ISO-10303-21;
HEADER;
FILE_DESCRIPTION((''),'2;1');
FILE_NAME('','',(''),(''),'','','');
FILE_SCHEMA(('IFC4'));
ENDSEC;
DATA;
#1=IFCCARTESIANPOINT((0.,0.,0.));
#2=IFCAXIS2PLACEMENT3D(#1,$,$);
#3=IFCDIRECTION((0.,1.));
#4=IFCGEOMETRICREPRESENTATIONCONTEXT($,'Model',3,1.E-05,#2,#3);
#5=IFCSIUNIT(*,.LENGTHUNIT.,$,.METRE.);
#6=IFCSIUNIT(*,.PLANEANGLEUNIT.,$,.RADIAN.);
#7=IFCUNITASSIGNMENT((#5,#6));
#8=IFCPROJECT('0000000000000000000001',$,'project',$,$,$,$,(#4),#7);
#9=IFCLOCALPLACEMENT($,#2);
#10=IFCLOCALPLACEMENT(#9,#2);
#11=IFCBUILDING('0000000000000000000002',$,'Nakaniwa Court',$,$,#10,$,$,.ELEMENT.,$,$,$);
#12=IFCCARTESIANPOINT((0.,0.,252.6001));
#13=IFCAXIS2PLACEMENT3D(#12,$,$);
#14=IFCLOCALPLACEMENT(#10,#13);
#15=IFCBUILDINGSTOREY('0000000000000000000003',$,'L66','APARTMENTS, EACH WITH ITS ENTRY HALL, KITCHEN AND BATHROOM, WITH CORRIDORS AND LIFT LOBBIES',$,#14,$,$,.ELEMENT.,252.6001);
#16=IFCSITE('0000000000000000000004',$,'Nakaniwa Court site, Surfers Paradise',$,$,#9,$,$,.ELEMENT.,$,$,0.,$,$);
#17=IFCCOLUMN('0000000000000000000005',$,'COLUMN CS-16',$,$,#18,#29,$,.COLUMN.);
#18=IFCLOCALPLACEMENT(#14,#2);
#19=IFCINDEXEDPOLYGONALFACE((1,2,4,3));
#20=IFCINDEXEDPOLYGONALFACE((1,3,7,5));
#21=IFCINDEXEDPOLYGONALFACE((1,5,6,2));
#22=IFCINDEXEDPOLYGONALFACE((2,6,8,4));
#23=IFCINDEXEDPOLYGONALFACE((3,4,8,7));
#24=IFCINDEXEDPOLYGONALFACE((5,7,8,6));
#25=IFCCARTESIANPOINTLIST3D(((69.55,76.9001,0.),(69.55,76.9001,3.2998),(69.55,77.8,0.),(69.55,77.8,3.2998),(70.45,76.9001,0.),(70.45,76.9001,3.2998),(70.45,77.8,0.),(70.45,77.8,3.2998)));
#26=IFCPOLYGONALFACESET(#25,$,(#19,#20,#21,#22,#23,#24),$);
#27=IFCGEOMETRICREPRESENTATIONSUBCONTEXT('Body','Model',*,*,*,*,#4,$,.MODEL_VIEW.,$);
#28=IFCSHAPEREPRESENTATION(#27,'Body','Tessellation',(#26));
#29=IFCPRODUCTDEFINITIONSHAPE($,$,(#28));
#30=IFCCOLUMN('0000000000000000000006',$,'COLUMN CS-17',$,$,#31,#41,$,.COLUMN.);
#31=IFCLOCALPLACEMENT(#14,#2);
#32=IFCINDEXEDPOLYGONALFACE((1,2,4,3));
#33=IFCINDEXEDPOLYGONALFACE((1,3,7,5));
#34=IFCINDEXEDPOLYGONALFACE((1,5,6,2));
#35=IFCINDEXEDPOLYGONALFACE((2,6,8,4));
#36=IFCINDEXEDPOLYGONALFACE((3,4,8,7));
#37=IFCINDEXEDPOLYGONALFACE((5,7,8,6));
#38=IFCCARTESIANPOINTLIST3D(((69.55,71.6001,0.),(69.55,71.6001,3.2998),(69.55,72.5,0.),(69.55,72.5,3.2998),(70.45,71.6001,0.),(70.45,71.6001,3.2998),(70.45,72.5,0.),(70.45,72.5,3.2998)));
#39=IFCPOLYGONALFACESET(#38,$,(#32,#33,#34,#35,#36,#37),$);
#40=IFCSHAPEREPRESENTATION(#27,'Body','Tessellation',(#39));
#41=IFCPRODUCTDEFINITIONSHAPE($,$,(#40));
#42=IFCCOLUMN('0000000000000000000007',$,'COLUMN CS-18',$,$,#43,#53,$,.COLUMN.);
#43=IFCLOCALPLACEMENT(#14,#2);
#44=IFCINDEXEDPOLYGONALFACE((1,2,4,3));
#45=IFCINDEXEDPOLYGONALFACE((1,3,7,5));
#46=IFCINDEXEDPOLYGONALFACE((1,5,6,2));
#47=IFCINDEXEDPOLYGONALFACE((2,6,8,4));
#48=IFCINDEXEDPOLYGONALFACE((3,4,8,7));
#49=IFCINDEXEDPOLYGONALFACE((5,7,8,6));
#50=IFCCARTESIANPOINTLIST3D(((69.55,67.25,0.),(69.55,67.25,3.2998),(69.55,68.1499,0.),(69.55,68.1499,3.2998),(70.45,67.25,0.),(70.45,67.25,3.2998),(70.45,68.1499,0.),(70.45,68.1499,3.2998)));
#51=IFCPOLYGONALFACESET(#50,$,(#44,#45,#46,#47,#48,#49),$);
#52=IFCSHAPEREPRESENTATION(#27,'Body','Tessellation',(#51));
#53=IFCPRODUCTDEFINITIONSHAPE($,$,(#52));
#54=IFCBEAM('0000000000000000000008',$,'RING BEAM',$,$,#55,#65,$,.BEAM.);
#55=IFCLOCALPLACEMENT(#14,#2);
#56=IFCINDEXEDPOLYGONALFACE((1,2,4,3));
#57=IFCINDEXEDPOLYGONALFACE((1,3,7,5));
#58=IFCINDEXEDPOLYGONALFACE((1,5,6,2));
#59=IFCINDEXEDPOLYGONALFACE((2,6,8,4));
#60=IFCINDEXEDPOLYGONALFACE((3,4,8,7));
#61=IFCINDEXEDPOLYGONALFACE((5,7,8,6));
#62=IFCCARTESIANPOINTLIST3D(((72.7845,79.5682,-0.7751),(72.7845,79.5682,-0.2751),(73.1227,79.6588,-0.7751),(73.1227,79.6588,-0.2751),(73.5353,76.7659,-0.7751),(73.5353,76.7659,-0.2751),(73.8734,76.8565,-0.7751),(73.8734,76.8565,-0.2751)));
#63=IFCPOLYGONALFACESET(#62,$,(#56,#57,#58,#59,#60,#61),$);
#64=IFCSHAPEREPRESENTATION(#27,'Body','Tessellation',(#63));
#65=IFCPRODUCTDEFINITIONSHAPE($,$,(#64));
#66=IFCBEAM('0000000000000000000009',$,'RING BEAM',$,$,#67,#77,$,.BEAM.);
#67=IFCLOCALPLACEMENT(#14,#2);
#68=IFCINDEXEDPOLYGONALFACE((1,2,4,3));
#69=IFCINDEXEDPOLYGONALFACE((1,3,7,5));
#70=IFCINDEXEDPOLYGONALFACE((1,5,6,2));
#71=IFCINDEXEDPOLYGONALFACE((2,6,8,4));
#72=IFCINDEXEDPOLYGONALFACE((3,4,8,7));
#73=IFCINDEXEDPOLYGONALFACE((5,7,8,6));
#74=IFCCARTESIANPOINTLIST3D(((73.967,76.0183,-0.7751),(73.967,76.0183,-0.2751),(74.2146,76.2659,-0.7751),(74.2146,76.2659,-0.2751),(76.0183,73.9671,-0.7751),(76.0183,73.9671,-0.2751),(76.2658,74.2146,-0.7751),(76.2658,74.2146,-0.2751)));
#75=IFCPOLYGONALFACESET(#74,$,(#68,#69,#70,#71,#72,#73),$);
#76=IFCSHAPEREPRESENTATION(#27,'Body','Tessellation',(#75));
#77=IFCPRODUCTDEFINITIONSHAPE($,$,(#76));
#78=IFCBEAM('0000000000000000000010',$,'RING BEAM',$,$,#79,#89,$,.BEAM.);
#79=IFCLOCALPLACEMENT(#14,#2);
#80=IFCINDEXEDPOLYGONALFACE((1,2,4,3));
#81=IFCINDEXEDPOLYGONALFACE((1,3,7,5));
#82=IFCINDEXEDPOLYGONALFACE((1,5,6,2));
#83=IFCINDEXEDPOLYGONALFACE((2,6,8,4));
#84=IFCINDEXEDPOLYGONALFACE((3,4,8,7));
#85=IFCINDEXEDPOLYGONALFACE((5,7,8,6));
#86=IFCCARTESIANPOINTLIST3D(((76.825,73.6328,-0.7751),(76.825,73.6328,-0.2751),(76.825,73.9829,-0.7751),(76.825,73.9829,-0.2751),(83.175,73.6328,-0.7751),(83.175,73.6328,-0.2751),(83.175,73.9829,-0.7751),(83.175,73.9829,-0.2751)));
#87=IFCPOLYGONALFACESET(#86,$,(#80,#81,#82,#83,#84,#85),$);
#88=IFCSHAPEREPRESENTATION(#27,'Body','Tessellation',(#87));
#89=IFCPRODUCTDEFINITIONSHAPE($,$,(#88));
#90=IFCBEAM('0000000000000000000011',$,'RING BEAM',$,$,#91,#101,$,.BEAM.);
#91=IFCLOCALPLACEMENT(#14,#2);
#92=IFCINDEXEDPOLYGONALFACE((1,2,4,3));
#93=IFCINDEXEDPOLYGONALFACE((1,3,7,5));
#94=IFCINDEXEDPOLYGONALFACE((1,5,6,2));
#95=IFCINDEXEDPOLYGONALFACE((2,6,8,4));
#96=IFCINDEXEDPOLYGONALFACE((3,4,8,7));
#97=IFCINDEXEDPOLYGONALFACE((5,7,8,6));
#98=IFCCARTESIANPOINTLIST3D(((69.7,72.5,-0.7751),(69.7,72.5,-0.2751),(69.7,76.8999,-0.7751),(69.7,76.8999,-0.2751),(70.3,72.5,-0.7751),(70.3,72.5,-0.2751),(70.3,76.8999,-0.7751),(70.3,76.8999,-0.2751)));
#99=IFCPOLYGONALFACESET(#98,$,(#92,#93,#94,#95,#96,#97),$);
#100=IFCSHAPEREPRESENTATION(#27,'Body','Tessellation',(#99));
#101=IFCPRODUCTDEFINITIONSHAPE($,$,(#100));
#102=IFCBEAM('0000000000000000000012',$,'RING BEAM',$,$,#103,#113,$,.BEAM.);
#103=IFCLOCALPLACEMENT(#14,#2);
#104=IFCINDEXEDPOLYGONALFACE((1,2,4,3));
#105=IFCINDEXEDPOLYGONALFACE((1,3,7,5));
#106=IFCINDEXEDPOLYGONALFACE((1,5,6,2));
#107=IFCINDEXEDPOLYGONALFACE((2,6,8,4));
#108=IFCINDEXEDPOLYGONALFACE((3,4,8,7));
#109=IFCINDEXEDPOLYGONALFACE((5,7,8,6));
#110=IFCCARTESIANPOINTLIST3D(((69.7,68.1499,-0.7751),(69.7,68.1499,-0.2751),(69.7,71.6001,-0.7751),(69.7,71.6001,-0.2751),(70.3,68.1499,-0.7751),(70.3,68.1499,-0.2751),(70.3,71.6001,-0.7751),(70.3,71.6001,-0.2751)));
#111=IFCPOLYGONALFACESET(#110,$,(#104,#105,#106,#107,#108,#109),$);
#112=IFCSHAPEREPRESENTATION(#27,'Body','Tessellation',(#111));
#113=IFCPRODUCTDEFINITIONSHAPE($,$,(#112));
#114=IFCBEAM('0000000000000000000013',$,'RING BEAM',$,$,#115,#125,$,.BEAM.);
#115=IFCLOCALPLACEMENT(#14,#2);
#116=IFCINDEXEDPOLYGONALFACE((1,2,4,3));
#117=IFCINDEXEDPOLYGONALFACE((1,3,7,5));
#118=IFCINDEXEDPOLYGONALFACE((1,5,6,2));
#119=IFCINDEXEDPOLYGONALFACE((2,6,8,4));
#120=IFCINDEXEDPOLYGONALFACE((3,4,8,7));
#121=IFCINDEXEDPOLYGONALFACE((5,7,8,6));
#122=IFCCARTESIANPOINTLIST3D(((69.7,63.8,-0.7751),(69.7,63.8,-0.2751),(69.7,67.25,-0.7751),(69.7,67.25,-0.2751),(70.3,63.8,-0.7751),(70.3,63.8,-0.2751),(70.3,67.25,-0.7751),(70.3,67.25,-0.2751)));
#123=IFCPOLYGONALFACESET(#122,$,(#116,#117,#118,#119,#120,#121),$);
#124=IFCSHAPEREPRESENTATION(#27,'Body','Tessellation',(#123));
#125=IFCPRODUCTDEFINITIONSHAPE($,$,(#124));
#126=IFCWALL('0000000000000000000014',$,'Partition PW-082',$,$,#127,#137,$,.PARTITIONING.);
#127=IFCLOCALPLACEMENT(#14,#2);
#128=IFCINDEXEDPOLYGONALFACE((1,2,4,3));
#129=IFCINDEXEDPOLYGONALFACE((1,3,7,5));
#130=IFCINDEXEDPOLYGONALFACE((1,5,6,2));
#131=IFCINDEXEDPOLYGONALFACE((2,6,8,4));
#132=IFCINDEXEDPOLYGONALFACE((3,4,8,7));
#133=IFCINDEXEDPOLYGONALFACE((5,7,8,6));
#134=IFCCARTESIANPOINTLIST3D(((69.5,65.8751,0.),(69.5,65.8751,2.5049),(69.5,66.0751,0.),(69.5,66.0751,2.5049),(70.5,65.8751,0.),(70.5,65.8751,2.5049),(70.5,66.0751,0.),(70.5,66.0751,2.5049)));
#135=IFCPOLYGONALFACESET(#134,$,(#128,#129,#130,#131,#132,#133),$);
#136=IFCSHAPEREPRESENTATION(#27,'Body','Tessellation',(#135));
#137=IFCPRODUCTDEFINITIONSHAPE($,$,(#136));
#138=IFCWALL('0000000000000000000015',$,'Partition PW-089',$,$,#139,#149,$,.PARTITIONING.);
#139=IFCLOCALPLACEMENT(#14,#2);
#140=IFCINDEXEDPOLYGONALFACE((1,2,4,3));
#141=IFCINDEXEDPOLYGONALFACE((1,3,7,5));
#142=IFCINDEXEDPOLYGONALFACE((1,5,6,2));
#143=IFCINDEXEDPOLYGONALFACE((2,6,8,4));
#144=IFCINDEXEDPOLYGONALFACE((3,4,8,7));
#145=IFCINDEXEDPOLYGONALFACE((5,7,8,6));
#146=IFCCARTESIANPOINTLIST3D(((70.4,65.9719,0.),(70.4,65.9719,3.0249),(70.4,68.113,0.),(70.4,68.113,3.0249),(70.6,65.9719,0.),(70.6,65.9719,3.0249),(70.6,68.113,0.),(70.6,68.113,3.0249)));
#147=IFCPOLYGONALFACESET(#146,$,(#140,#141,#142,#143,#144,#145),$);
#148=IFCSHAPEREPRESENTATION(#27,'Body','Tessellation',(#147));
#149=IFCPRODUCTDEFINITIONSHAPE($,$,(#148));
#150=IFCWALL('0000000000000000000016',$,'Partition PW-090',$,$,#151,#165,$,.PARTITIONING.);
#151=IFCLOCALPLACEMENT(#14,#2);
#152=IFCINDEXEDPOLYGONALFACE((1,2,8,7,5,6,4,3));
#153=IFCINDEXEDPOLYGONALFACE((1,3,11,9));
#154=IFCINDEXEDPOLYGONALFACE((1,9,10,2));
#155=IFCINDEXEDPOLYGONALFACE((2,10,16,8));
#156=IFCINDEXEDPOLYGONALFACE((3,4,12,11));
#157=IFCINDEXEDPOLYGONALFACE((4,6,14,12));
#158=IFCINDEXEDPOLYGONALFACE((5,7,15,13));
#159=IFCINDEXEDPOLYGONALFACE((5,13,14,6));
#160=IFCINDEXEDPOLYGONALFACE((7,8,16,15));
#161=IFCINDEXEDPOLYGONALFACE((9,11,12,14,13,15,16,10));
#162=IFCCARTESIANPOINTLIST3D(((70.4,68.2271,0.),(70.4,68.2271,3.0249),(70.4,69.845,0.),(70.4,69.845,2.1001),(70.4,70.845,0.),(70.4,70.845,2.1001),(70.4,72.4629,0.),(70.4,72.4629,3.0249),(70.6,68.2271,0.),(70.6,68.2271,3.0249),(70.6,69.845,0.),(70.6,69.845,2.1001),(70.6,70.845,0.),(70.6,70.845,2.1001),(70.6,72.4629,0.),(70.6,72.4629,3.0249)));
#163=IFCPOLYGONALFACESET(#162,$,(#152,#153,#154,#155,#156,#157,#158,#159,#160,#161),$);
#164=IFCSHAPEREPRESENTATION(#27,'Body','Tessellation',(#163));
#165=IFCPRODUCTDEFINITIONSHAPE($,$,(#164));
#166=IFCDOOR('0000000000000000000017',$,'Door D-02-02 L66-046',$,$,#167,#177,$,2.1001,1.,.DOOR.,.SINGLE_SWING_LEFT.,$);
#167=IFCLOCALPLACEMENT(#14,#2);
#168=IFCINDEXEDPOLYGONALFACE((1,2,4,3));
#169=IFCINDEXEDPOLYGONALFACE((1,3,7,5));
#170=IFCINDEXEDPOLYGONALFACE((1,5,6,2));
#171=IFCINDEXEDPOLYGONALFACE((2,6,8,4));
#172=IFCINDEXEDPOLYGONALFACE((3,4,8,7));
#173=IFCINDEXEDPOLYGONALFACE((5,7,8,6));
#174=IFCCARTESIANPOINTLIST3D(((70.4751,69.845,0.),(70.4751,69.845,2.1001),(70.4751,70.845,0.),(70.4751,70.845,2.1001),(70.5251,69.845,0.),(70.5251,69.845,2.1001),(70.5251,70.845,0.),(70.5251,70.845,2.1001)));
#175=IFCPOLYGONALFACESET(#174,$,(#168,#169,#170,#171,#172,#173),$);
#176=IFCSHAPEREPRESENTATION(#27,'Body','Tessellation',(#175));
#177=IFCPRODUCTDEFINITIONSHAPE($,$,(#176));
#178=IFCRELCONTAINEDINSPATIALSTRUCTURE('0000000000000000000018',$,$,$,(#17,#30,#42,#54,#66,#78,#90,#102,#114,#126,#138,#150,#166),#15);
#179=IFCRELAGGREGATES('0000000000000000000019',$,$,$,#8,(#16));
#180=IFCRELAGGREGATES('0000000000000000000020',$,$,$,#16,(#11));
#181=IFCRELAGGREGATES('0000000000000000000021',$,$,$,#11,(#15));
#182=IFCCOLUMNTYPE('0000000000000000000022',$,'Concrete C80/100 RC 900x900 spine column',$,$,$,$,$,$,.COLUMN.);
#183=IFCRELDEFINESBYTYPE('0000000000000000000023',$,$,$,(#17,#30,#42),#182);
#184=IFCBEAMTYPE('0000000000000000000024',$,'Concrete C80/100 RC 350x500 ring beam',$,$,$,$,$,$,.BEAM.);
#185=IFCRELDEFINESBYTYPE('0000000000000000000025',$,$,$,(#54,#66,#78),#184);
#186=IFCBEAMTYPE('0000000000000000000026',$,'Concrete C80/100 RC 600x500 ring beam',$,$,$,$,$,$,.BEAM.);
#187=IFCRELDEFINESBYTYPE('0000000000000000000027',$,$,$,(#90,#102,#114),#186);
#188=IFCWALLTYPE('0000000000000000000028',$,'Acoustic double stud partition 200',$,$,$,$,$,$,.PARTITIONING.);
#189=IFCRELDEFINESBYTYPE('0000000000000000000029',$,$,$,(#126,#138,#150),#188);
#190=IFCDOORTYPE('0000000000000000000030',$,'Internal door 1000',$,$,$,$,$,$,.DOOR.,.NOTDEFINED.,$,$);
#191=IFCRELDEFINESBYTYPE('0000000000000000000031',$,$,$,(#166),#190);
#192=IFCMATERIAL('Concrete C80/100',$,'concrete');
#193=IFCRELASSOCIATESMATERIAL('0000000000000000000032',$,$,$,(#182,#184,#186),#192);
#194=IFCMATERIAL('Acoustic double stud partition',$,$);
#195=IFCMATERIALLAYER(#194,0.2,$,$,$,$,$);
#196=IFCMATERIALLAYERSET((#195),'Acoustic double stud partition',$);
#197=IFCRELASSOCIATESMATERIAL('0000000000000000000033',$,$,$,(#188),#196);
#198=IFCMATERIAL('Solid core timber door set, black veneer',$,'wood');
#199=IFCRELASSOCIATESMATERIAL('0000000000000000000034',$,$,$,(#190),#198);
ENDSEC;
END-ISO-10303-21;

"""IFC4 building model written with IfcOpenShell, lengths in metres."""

from ifc_helpers import new_model, si_unit, direction, frame, frame_2d, origin, origin_2d, place, context, subcontext, project, spatial, rectangle, extrude, material, layer, layer_set, material_profile, profile_set, type_object, element, fill, save


model = new_model("IFC4")

# Units and contexts
model_context = context("Model", 3, precision=1e-05, world=origin(), true_north=direction((0.0, 1.0)))
body_context = subcontext(model_context, "Body", "Model", "MODEL_VIEW")
ifc_project = project(units=[si_unit("LENGTHUNIT", "METRE"), si_unit("PLANEANGLEUNIT", "RADIAN")], contexts=[model_context])

# Site, building, storey
site_placement = place(None, origin())
site = spatial("IfcSite", under=ifc_project, at=site_placement, Name="Nakaniwa Court site, Surfers Paradise", CompositionType="ELEMENT", RefElevation=0.0)
building_placement = place(site_placement, origin())
building = spatial("IfcBuilding", under=site, at=building_placement, Name="Nakaniwa Court", CompositionType="ELEMENT")
storey_placement = place(building_placement, frame((0.0, 0.0, 252.6001)))
storey = spatial("IfcBuildingStorey", under=building, at=storey_placement, Name="L66", Description="APARTMENTS, EACH WITH ITS ENTRY HALL, KITCHEN AND BATHROOM, WITH CORRIDORS AND LIFT LOBBIES", CompositionType="ELEMENT", Elevation=252.6001)

# Columns
ifc_material_1 = material(Name="Concrete C80/100", Category="concrete")
ifc_material_profile_1 = material_profile(ifc_material_1, rectangle(XDim=0.8999, YDim=0.8999, at=origin_2d()), Name="Concrete C80/100 RC 900x900 spine column")
ifc_profile_set_1 = profile_set([ifc_material_profile_1], Name="Concrete C80/100")
column_type_1 = type_object("IfcColumnType", Name="Concrete C80/100 RC 900x900 spine column", PredefinedType="COLUMN", material=ifc_profile_set_1)
for number, where, z_axis, x_axis, name in (
    (1, (70.0, 77.3501, 0.0), (0.0, 0.0, 1.0), (0.0, -1.0, 0.0), "COLUMN CS-16"),
    (2, (70.0, 72.05, 0.0), (0.0, 0.0, 1.0), (0.0, -1.0, 0.0), "COLUMN CS-17"),
    (3, (70.0, 67.7, 0.0), (0.0, 0.0, 1.0), (0.0, -1.0, 0.0), "COLUMN CS-18"),
):
    element("IfcColumn", number, at=place(storey_placement, frame(where, z_axis=z_axis, x_axis=x_axis)), inside=storey, type_object=column_type_1, Name=name, PredefinedType="COLUMN", context=body_context, shape_type="SweptSolid", body=[
        extrude(rectangle(XDim=0.8999, YDim=0.8999, at=origin_2d()), origin(), (0.0, 0.0, 1.0), 3.2998),
    ])

# Beams
ifc_material_profile_2 = material_profile(ifc_material_1, rectangle(XDim=0.3501, YDim=0.5, at=origin_2d()), Name="Concrete C80/100 RC 350x500 ring beam")
ifc_profile_set_2 = profile_set([ifc_material_profile_2], Name="Concrete C80/100")
beam_type_1 = type_object("IfcBeamType", Name="Concrete C80/100 RC 350x500 ring beam", PredefinedType="BEAM", material=ifc_profile_set_2)
beam_1_placement = place(storey_placement, frame((72.9536, 79.6135, -0.5251), z_axis=(0.258778, -0.965937, 0.0), x_axis=(0.965937, 0.258778, 0.0)))
element("IfcBeam", 4, at=beam_1_placement, inside=storey, type_object=beam_type_1, Name="RING BEAM", PredefinedType="BEAM", context=body_context, shape_type="SweptSolid", body=[
    extrude(rectangle(XDim=0.3501, YDim=0.5, at=origin_2d()), origin(), (0.0, 0.0, 1.0), 2.9011),
])
beam_2_placement = place(storey_placement, frame((74.0908, 76.1421, -0.5251), z_axis=(0.707107, -0.707107, 0.0), x_axis=(0.707107, 0.707107, 0.0)))
element("IfcBeam", 5, at=beam_2_placement, inside=storey, type_object=beam_type_1, Name="RING BEAM", PredefinedType="BEAM", context=body_context, shape_type="SweptSolid", body=[
    extrude(rectangle(XDim=0.3501, YDim=0.5, at=origin_2d()), origin(), (0.0, 0.0, 1.0), 2.9009),
])
beam_3_placement = place(storey_placement, frame((76.825, 73.8079, -0.5251), z_axis=(1.0, 0.0, 0.0), x_axis=(0.0, 1.0, 0.0)))
element("IfcBeam", 6, at=beam_3_placement, inside=storey, type_object=beam_type_1, Name="RING BEAM", PredefinedType="BEAM", context=body_context, shape_type="SweptSolid", body=[
    extrude(rectangle(XDim=0.3501, YDim=0.5, at=origin_2d()), origin(), (0.0, 0.0, 1.0), 6.3501),
])
ifc_material_profile_3 = material_profile(ifc_material_1, rectangle(XDim=0.6001, YDim=0.5, at=origin_2d()), Name="Concrete C80/100 RC 600x500 ring beam")
ifc_profile_set_3 = profile_set([ifc_material_profile_3], Name="Concrete C80/100")
beam_type_2 = type_object("IfcBeamType", Name="Concrete C80/100 RC 600x500 ring beam", PredefinedType="BEAM", material=ifc_profile_set_3)
beam_4_placement = place(storey_placement, frame((70.0, 76.8999, -0.5251), z_axis=(0.0, -1.0, 0.0), x_axis=(1.0, 0.0, 0.0)))
element("IfcBeam", 7, at=beam_4_placement, inside=storey, type_object=beam_type_2, Name="RING BEAM", PredefinedType="BEAM", context=body_context, shape_type="SweptSolid", body=[
    extrude(rectangle(XDim=0.6001, YDim=0.5, at=origin_2d()), origin(), (0.0, 0.0, 1.0), 4.3999),
])
beam_5_placement = place(storey_placement, frame((70.0, 71.6001, -0.5251), z_axis=(0.0, -1.0, 0.0), x_axis=(1.0, 0.0, 0.0)))
element("IfcBeam", 8, at=beam_5_placement, inside=storey, type_object=beam_type_2, Name="RING BEAM", PredefinedType="BEAM", context=body_context, shape_type="SweptSolid", body=[
    extrude(rectangle(XDim=0.6001, YDim=0.5, at=origin_2d()), origin(), (0.0, 0.0, 1.0), 3.4502),
])
beam_6_placement = place(storey_placement, frame((70.0, 67.25, -0.5251), z_axis=(0.0, -1.0, 0.0), x_axis=(1.0, 0.0, 0.0)))
element("IfcBeam", 9, at=beam_6_placement, inside=storey, type_object=beam_type_2, Name="RING BEAM", PredefinedType="BEAM", context=body_context, shape_type="SweptSolid", body=[
    extrude(rectangle(XDim=0.6001, YDim=0.5, at=origin_2d()), origin(), (0.0, 0.0, 1.0), 3.45),
])

# Walls
ifc_material_2 = material(Name="Acoustic double stud partition")
ifc_layer_1 = layer(ifc_material_2, 0.2)
ifc_layer_set_1 = layer_set([ifc_layer_1], Name="Acoustic double stud partition")
wall_type_1 = type_object("IfcWallType", Name="Acoustic double stud partition 200", PredefinedType="PARTITIONING", material=ifc_layer_set_1)
wall_1_placement = place(storey_placement, frame((69.5, 65.9751, 0.0), z_axis=(0.0, 0.0, 1.0), x_axis=(1.0, 0.0, 0.0)))
element("IfcWall", 10, at=wall_1_placement, inside=storey, type_object=wall_type_1, Name="Partition PW-082", PredefinedType="PARTITIONING", context=body_context, shape_type="SweptSolid", body=[
    extrude(rectangle(XDim=1.0, YDim=0.2, at=frame_2d((0.5, 0.0))), origin(), (0.0, 0.0, 1.0), 2.5049),
])
wall_2_placement = place(storey_placement, frame((70.5, 65.9719, 0.0), z_axis=(0.0, 0.0, 1.0), x_axis=(0.0, 1.0, 0.0)))
element("IfcWall", 11, at=wall_2_placement, inside=storey, type_object=wall_type_1, Name="Partition PW-089", PredefinedType="PARTITIONING", context=body_context, shape_type="SweptSolid", body=[
    extrude(rectangle(XDim=2.1411, YDim=0.2, at=frame_2d((1.0706, 0.0))), origin(), (0.0, 0.0, 1.0), 3.0249),
])

# Wall, opening, door
wall_3_placement = place(storey_placement, frame((70.5, 68.2271, 0.0), z_axis=(0.0, 0.0, 1.0), x_axis=(0.0, 1.0, 0.0)))
wall_3 = element("IfcWall", 12, at=wall_3_placement, inside=storey, type_object=wall_type_1, Name="Partition PW-090", PredefinedType="PARTITIONING", context=body_context, shape_type="SweptSolid", body=[
    extrude(rectangle(XDim=4.2358, YDim=0.2, at=frame_2d((2.1179, 0.0))), origin(), (0.0, 0.0, 1.0), 3.0249),
])
opening_1_placement = place(wall_3_placement, frame((1.6179, 0.0, 0.0)))
opening_1 = element("IfcOpeningElement", 13, at=opening_1_placement, cuts=wall_3, PredefinedType="OPENING", context=body_context, shape_type="SweptSolid", body=[
    extrude(rectangle(XDim=1.0, YDim=2.1001, at=frame_2d((0.5, 1.05))), frame((0.0, 0.1099, 0.0), z_axis=(0.0, -1.0, 0.0), x_axis=(1.0, 0.0, 0.0)), (0.0, 0.0, 1.0), 0.22),
])
ifc_material_3 = material(Name="Solid core timber door set, black veneer", Category="wood")
door_type_1 = type_object("IfcDoorType", Name="Internal door 1000", OperationType="NOTDEFINED", PredefinedType="DOOR", material=ifc_material_3)
door_1_placement = place(opening_1_placement, origin())
door_1 = element("IfcDoor", 14, at=door_1_placement, inside=storey, type_object=door_type_1, Name="Door D-02-02 L66-046", OperationType="SINGLE_SWING_LEFT", OverallHeight=2.1001, OverallWidth=1.0, PredefinedType="DOOR", context=body_context, shape_type="SweptSolid", body=[
    extrude(rectangle(XDim=1.0, YDim=2.1001, at=frame_2d((0.5, 1.05))), frame((0.0, 0.0249, 0.0), z_axis=(0.0, -1.0, 0.0), x_axis=(1.0, 0.0, 0.0)), (0.0, 0.0, 1.0), 0.05),
])
fill(opening_1, door_1)

save(model, "model.ifc")
